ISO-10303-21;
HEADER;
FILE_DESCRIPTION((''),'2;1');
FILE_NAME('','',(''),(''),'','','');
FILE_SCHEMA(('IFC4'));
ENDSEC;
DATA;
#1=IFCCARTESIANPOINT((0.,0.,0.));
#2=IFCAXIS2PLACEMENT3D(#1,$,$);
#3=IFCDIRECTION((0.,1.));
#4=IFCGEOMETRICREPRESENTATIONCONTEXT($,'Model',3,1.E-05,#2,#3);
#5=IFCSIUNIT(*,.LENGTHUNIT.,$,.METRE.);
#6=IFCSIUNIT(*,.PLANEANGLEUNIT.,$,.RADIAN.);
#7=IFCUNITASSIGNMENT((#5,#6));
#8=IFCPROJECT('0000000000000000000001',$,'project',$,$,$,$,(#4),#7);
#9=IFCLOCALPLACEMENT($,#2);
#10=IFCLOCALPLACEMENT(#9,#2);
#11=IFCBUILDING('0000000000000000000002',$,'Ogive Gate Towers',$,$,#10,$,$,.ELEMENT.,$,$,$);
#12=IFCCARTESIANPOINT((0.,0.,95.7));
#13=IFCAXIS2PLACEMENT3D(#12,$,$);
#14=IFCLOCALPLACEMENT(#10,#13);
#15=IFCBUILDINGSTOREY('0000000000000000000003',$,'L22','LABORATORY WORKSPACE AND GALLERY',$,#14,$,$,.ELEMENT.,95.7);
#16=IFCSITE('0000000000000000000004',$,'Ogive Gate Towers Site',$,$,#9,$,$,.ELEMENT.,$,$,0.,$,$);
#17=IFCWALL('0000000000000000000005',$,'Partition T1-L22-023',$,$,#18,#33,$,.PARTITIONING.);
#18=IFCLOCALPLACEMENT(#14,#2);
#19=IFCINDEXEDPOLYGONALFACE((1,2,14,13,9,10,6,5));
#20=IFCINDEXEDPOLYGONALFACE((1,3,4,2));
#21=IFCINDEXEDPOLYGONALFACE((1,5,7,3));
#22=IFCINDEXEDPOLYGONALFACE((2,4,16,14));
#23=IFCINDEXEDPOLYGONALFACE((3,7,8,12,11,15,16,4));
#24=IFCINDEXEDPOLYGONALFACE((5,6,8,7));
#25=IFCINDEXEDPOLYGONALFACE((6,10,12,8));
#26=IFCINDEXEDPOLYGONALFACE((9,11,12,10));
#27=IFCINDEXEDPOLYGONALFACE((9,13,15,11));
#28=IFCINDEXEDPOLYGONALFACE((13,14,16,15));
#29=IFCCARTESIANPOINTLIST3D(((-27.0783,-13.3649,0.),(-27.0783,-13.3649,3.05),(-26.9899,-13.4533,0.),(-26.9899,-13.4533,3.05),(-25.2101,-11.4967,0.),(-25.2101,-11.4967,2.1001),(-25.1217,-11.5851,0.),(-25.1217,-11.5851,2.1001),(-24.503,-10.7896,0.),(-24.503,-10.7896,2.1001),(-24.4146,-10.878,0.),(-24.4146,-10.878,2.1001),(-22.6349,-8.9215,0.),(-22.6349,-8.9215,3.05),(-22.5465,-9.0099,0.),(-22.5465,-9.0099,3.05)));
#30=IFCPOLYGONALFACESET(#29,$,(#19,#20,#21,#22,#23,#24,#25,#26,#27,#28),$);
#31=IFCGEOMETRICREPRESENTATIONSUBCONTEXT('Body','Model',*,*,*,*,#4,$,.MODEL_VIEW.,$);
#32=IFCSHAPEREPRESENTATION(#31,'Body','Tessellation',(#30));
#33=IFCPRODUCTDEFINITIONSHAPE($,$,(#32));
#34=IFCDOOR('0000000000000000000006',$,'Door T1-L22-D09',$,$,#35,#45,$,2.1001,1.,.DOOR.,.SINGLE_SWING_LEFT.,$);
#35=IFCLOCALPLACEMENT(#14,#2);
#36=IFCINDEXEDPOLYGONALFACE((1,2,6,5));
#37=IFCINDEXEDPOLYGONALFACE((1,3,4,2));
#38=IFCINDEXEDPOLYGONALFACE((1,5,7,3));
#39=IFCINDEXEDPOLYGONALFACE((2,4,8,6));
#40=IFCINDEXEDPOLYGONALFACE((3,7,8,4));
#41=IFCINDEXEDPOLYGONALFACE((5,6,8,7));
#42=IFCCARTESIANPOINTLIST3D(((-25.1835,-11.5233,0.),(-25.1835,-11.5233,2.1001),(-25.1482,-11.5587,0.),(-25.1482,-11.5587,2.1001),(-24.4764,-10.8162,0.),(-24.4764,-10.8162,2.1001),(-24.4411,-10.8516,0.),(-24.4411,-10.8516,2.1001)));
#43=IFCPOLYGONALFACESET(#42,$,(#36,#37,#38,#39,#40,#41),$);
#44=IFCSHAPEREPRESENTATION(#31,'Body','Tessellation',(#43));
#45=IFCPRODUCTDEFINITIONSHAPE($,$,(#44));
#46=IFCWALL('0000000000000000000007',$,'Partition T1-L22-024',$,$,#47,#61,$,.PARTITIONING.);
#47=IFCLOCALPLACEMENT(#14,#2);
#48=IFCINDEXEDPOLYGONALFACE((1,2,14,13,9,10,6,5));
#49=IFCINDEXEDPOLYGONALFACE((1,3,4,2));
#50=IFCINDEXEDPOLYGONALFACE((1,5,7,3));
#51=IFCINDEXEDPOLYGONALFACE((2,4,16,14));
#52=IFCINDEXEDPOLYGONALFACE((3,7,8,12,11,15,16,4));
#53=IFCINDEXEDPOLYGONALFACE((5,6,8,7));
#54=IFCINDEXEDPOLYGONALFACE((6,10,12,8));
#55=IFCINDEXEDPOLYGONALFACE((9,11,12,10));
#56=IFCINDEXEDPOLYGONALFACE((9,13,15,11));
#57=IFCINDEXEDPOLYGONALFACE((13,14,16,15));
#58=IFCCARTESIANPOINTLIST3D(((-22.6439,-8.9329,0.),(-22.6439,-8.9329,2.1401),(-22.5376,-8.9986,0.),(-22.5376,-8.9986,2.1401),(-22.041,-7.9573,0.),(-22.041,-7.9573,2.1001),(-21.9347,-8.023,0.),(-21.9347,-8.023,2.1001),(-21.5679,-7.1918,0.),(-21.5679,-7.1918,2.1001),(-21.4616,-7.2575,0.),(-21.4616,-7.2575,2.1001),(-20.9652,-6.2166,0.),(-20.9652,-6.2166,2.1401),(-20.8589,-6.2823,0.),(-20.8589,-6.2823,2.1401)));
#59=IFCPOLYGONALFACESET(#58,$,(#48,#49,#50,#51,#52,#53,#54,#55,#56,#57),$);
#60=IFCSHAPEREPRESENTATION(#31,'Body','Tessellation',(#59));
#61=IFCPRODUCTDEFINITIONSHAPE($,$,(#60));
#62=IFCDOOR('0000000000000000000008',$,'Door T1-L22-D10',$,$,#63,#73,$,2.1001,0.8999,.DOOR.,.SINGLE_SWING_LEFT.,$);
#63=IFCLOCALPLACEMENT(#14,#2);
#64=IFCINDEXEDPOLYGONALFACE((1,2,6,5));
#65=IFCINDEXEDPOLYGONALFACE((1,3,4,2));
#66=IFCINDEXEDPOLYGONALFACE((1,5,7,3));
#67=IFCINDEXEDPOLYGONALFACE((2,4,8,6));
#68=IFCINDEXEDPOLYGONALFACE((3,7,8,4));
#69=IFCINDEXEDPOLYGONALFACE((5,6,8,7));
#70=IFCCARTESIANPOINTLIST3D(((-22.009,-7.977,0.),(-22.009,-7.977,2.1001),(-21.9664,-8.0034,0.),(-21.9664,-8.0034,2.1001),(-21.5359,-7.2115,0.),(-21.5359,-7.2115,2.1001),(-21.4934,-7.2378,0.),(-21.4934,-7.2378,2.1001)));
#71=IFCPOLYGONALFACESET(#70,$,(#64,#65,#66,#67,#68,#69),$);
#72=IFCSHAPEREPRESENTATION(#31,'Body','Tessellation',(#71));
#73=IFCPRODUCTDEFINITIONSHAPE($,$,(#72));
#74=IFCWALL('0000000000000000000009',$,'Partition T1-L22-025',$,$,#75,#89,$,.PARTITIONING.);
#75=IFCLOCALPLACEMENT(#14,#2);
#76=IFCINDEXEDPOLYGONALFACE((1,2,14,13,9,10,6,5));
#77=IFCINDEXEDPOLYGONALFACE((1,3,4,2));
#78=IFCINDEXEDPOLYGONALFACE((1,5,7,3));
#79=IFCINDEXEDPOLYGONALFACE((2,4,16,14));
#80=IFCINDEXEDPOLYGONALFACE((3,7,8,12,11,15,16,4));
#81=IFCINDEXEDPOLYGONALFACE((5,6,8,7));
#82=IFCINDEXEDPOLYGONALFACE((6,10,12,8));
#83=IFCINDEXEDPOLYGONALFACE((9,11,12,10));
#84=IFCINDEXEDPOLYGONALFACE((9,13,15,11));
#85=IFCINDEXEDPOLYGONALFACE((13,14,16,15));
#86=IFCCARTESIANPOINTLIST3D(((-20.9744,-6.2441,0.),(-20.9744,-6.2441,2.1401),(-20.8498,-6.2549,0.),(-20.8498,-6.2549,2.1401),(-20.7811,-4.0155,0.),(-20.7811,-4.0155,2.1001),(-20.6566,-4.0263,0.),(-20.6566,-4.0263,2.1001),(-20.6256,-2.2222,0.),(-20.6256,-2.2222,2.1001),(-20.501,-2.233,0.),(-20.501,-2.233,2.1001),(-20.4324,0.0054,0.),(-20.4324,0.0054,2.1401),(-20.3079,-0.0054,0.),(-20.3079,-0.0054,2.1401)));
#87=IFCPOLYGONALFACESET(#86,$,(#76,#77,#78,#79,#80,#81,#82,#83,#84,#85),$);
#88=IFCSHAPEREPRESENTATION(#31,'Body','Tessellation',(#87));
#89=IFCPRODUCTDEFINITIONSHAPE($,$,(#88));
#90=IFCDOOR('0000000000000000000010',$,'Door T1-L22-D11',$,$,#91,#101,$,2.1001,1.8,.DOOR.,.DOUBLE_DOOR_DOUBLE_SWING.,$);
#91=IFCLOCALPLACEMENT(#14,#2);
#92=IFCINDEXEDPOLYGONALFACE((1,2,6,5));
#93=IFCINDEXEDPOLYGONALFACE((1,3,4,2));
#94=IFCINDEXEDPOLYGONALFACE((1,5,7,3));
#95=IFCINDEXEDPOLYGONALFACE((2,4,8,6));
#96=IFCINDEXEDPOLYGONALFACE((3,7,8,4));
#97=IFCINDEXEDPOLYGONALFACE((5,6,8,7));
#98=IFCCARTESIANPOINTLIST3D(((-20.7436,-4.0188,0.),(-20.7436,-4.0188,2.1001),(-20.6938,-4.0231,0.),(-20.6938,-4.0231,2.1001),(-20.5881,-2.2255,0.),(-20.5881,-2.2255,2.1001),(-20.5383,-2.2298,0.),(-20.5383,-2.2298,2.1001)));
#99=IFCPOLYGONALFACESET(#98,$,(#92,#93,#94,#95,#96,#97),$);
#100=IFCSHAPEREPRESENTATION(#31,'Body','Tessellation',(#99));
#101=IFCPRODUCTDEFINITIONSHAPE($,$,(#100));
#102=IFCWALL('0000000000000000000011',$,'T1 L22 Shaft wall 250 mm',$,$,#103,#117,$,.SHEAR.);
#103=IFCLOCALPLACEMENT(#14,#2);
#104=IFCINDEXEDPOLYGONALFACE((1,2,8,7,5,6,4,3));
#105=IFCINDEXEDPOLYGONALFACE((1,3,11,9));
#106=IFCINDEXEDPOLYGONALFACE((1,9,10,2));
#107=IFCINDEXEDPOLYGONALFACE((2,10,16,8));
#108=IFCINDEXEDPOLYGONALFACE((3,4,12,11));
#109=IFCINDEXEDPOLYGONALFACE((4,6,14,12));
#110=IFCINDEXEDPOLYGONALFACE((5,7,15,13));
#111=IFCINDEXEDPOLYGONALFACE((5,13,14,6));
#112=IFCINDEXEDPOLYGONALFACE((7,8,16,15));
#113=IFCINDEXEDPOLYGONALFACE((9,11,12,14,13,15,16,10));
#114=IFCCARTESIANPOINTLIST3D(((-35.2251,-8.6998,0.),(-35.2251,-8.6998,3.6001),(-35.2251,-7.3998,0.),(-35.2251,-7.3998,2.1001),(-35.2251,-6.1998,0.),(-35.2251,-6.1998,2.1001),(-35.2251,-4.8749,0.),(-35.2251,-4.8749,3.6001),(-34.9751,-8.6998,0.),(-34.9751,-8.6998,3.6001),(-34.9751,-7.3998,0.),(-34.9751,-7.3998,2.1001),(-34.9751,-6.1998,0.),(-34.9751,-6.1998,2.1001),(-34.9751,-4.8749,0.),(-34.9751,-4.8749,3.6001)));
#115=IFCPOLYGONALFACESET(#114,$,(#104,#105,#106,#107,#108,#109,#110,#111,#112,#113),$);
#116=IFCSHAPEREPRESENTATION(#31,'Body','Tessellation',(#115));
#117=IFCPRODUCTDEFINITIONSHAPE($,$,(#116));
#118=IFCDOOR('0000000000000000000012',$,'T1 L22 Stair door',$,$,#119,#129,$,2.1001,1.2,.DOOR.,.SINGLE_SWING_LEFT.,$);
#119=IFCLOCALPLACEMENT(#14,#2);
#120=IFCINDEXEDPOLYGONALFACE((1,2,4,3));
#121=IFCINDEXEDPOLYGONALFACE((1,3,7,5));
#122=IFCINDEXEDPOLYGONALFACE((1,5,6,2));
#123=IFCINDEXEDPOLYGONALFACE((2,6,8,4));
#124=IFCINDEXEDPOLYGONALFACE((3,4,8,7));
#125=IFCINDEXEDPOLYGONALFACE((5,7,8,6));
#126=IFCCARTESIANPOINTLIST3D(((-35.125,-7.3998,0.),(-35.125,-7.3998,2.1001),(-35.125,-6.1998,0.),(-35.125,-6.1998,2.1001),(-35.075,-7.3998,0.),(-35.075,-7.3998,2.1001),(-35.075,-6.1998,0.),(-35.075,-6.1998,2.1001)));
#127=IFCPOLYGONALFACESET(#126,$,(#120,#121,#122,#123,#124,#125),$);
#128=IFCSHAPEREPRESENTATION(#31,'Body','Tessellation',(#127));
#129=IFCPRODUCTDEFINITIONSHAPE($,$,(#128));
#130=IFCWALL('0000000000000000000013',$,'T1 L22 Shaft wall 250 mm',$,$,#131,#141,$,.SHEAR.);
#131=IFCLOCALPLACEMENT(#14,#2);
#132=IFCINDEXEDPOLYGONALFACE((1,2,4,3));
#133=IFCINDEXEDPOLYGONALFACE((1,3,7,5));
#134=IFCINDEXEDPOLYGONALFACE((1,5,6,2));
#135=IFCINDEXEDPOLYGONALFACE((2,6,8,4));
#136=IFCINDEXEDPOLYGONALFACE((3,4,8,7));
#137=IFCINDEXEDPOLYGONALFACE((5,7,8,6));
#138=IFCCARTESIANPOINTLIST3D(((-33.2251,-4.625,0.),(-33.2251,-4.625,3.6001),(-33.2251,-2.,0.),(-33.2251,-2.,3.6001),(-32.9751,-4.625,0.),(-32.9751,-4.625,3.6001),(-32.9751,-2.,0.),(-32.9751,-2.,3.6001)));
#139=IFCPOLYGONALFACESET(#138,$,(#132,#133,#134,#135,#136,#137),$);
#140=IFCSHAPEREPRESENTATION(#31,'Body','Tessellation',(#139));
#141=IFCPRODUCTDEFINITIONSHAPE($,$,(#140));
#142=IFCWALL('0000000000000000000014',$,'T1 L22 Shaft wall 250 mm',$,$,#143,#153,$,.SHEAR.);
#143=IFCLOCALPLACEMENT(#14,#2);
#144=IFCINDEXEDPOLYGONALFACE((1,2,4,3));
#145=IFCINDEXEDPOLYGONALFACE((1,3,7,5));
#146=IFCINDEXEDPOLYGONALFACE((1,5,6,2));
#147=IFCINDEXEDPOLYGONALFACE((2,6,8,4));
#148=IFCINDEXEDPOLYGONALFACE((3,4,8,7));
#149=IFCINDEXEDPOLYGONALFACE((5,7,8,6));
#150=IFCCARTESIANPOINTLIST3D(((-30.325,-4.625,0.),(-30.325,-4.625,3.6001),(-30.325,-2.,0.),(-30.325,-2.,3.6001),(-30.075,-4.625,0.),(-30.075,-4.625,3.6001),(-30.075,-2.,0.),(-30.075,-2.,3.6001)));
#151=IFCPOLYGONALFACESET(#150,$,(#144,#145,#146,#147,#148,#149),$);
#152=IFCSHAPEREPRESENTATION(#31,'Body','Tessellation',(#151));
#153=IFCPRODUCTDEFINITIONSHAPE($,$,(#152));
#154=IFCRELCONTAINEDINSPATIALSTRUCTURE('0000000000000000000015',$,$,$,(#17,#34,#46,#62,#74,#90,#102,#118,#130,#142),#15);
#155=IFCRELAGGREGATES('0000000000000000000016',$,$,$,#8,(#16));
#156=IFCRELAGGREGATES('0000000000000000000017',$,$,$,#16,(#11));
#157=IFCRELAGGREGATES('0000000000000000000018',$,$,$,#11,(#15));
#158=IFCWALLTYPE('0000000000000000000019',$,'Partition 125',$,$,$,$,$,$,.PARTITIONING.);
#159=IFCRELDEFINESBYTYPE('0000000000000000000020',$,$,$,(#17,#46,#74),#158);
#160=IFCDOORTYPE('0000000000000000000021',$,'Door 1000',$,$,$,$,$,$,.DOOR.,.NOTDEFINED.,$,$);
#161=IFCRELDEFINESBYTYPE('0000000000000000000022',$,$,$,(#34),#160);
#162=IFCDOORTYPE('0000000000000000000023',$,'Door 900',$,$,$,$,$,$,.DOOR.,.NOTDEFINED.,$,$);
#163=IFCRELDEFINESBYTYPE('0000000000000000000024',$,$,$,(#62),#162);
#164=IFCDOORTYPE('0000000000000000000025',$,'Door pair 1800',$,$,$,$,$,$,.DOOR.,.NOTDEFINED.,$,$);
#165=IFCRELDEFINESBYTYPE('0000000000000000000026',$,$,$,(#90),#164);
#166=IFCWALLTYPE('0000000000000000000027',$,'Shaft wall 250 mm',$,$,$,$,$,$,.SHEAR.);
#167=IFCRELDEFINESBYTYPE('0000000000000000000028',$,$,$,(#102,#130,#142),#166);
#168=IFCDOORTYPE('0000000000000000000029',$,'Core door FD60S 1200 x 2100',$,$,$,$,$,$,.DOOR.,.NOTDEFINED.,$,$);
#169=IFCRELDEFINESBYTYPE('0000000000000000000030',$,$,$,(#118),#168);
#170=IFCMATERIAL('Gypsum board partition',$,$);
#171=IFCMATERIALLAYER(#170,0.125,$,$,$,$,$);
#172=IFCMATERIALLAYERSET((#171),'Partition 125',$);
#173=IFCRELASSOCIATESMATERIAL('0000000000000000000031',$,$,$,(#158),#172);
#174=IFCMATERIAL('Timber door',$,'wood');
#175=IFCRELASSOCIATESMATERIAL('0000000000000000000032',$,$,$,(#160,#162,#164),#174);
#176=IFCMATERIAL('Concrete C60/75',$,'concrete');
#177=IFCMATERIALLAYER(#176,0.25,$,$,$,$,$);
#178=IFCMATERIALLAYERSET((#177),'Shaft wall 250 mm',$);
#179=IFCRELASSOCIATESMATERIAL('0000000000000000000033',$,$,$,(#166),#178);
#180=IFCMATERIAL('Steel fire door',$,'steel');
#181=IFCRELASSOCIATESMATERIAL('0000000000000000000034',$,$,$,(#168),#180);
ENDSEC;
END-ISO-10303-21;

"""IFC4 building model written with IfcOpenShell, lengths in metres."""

from ifc_helpers import new_model, si_unit, direction, frame, frame_2d, origin, place, context, subcontext, project, spatial, rectangle, extrude, material, layer, layer_set, type_object, element, fill, save


model = new_model("IFC4")

# Units and contexts
model_context = context("Model", 3, precision=1e-05, world=origin(), true_north=direction((0.0, 1.0)))
body_context = subcontext(model_context, "Body", "Model", "MODEL_VIEW")
ifc_project = project(units=[si_unit("LENGTHUNIT", "METRE"), si_unit("PLANEANGLEUNIT", "RADIAN")], contexts=[model_context])

# Site, building, storey
site_placement = place(None, origin())
site = spatial("IfcSite", under=ifc_project, at=site_placement, Name="Ogive Gate Towers Site", CompositionType="ELEMENT", RefElevation=0.0)
building_placement = place(site_placement, origin())
building = spatial("IfcBuilding", under=site, at=building_placement, Name="Ogive Gate Towers", CompositionType="ELEMENT")
storey_placement = place(building_placement, frame((0.0, 0.0, 95.7)))
storey = spatial("IfcBuildingStorey", under=building, at=storey_placement, Name="L22", Description="LABORATORY WORKSPACE AND GALLERY", CompositionType="ELEMENT", Elevation=95.7)

# Shared definitions
ifc_material_1 = material(Name="Concrete C60/75", Category="concrete")
ifc_material_2 = material(Name="Steel fire door", Category="steel")

# Shared definitions
ifc_material_3 = material(Name="Gypsum board partition")
ifc_layer_1 = layer(ifc_material_3, 0.125)
ifc_layer_set_1 = layer_set([ifc_layer_1], Name="Partition 125")
wall_type_1 = type_object("IfcWallType", Name="Partition 125", PredefinedType="PARTITIONING", material=ifc_layer_set_1)

# Walls, openings, doors
wall_1_placement = place(storey_placement, frame((-27.0342, -13.4092, 0.0), z_axis=(0.0, 0.0, 1.0), x_axis=(0.707107, 0.707107, 0.0)))
wall_1 = element("IfcWall", 1, at=wall_1_placement, inside=storey, type_object=wall_type_1, Name="Partition T1-L22-023", PredefinedType="PARTITIONING", context=body_context, shape_type="SweptSolid", body=[
    extrude(rectangle(XDim=6.2839, YDim=0.125, at=frame_2d((3.1421, 0.0))), origin(), (0.0, 0.0, 1.0), 3.05),
])
opening_1_placement = place(wall_1_placement, frame((2.6421, 0.0, 0.0)))
opening_1 = element("IfcOpeningElement", 2, at=opening_1_placement, cuts=wall_1, PredefinedType="OPENING", context=body_context, shape_type="SweptSolid", body=[
    extrude(rectangle(XDim=1.0, YDim=2.1001, at=frame_2d((0.5, 1.05))), frame((0.0, 0.0725, 0.0), z_axis=(0.0, -1.0, 0.0), x_axis=(1.0, 0.0, 0.0)), (0.0, 0.0, 1.0), 0.145),
])
ifc_material_4 = material(Name="Timber door", Category="wood")
door_type_1 = type_object("IfcDoorType", Name="Door 1000", OperationType="NOTDEFINED", PredefinedType="DOOR", material=ifc_material_4)
door_1_placement = place(opening_1_placement, origin())
door_1 = element("IfcDoor", 3, at=door_1_placement, inside=storey, type_object=door_type_1, Name="Door T1-L22-D09", OperationType="SINGLE_SWING_LEFT", OverallHeight=2.1001, OverallWidth=1.0, PredefinedType="DOOR", context=body_context, shape_type="SweptSolid", body=[
    extrude(rectangle(XDim=1.0, YDim=2.1001, at=frame_2d((0.5, 1.05))), frame((0.0, 0.0249, 0.0), z_axis=(0.0, -1.0, 0.0), x_axis=(1.0, 0.0, 0.0)), (0.0, 0.0, 1.0), 0.05),
])
fill(opening_1, door_1)
wall_2_placement = place(storey_placement, frame((-22.5908, -8.9658, 0.0), z_axis=(0.0, 0.0, 1.0), x_axis=(0.525717, 0.850659, 0.0)))
wall_2 = element("IfcWall", 4, at=wall_2_placement, inside=storey, type_object=wall_type_1, Name="Partition T1-L22-024", PredefinedType="PARTITIONING", context=body_context, shape_type="SweptSolid", body=[
    extrude(rectangle(XDim=3.1931, YDim=0.125, at=frame_2d((1.5967, 0.0))), origin(), (0.0, 0.0, 1.0), 2.1401),
])
opening_2_placement = place(wall_2_placement, frame((1.147, 0.0, 0.0)))
opening_2 = element("IfcOpeningElement", 5, at=opening_2_placement, cuts=wall_2, PredefinedType="OPENING", context=body_context, shape_type="SweptSolid", body=[
    extrude(rectangle(XDim=0.8999, YDim=2.1001, at=frame_2d((0.45, 1.05))), frame((0.0, 0.0725, 0.0), z_axis=(0.0, -1.0, 0.0), x_axis=(1.0, 0.0, 0.0)), (0.0, 0.0, 1.0), 0.145),
])
door_type_2 = type_object("IfcDoorType", Name="Door 900", OperationType="NOTDEFINED", PredefinedType="DOOR", material=ifc_material_4)
door_2_placement = place(opening_2_placement, origin())
door_2 = element("IfcDoor", 6, at=door_2_placement, inside=storey, type_object=door_type_2, Name="Door T1-L22-D10", OperationType="SINGLE_SWING_LEFT", OverallHeight=2.1001, OverallWidth=0.8999, PredefinedType="DOOR", context=body_context, shape_type="SweptSolid", body=[
    extrude(rectangle(XDim=0.8999, YDim=2.1001, at=frame_2d((0.45, 1.05))), frame((0.0, 0.0249, 0.0), z_axis=(0.0, -1.0, 0.0), x_axis=(1.0, 0.0, 0.0)), (0.0, 0.0, 1.0), 0.05),
])
fill(opening_2, door_2)
wall_3_placement = place(storey_placement, frame((-20.9121, -6.2495, 0.0), z_axis=(0.0, 0.0, 1.0), x_axis=(0.086401, 0.99626, 0.0)))
wall_3 = element("IfcWall", 7, at=wall_3_placement, inside=storey, type_object=wall_type_1, Name="Partition T1-L22-025", PredefinedType="PARTITIONING", context=body_context, shape_type="SweptSolid", body=[
    extrude(rectangle(XDim=6.2729, YDim=0.125, at=frame_2d((3.1365, 0.0))), origin(), (0.0, 0.0, 1.0), 2.1401),
])
opening_3_placement = place(wall_3_placement, frame((2.2371, 0.0, 0.0)))
opening_3 = element("IfcOpeningElement", 8, at=opening_3_placement, cuts=wall_3, PredefinedType="OPENING", context=body_context, shape_type="SweptSolid", body=[
    extrude(rectangle(XDim=1.8, YDim=2.1001, at=frame_2d((0.8999, 1.05))), frame((0.0, 0.0725, 0.0), z_axis=(0.0, -1.0, 0.0), x_axis=(1.0, 0.0, 0.0)), (0.0, 0.0, 1.0), 0.145),
])
door_type_3 = type_object("IfcDoorType", Name="Door pair 1800", OperationType="NOTDEFINED", PredefinedType="DOOR", material=ifc_material_4)
door_3_placement = place(opening_3_placement, origin())
door_3 = element("IfcDoor", 9, at=door_3_placement, inside=storey, type_object=door_type_3, Name="Door T1-L22-D11", OperationType="DOUBLE_DOOR_DOUBLE_SWING", OverallHeight=2.1001, OverallWidth=1.8, PredefinedType="DOOR", context=body_context, shape_type="SweptSolid", body=[
    extrude(rectangle(XDim=1.8, YDim=2.1001, at=frame_2d((0.8999, 1.05))), frame((0.0, 0.0249, 0.0), z_axis=(0.0, -1.0, 0.0), x_axis=(1.0, 0.0, 0.0)), (0.0, 0.0, 1.0), 0.05),
])
fill(opening_3, door_3)
ifc_layer_2 = layer(ifc_material_1, 0.25)
ifc_layer_set_2 = layer_set([ifc_layer_2], Name="Shaft wall 250 mm")
wall_type_2 = type_object("IfcWallType", Name="Shaft wall 250 mm", PredefinedType="SHEAR", material=ifc_layer_set_2)
wall_4_placement = place(storey_placement, frame((-35.1001, -8.7, 0.0), z_axis=(0.0, 0.0, 1.0), x_axis=(0.0, 1.0, 0.0)))
wall_4 = element("IfcWall", 10, at=wall_4_placement, inside=storey, type_object=wall_type_2, Name="T1 L22 Shaft wall 250 mm", PredefinedType="SHEAR", context=body_context, shape_type="SweptSolid", body=[
    extrude(rectangle(XDim=3.825, YDim=0.25, at=frame_2d((1.9126, 0.0))), origin(), (0.0, 0.0, 1.0), 3.6001),
])
opening_4_placement = place(wall_4_placement, frame((1.3, 0.0, 0.0)))
opening_4 = element("IfcOpeningElement", 11, at=opening_4_placement, cuts=wall_4, PredefinedType="OPENING", context=body_context, shape_type="SweptSolid", body=[
    extrude(rectangle(XDim=1.2, YDim=2.1001, at=frame_2d((0.6001, 1.05))), frame((0.0, 0.135, 0.0), z_axis=(0.0, -1.0, 0.0), x_axis=(1.0, 0.0, 0.0)), (0.0, 0.0, 1.0), 0.27),
])
door_type_4 = type_object("IfcDoorType", Name="Core door FD60S 1200 x 2100", OperationType="NOTDEFINED", PredefinedType="DOOR", material=ifc_material_2)
door_4_placement = place(opening_4_placement, origin())
door_4 = element("IfcDoor", 12, at=door_4_placement, inside=storey, type_object=door_type_4, Name="T1 L22 Stair door", OperationType="SINGLE_SWING_LEFT", OverallHeight=2.1001, OverallWidth=1.2, PredefinedType="DOOR", context=body_context, shape_type="SweptSolid", body=[
    extrude(rectangle(XDim=1.2, YDim=2.1001, at=frame_2d((0.6001, 1.05))), frame((0.0, 0.0249, 0.0), z_axis=(0.0, -1.0, 0.0), x_axis=(1.0, 0.0, 0.0)), (0.0, 0.0, 1.0), 0.05),
])
fill(opening_4, door_4)

# Walls
for number, where, z_axis, x_axis, name in (
    (13, (-33.1001, -4.625, 0.0), (0.0, 0.0, 1.0), (0.0, 1.0, 0.0), "T1 L22 Shaft wall 250 mm"),
    (14, (-30.2, -4.625, 0.0), (0.0, 0.0, 1.0), (0.0, 1.0, 0.0), "T1 L22 Shaft wall 250 mm"),
):
    element("IfcWall", number, at=place(storey_placement, frame(where, z_axis=z_axis, x_axis=x_axis)), inside=storey, type_object=wall_type_2, Name=name, PredefinedType="SHEAR", context=body_context, shape_type="SweptSolid", body=[
        extrude(rectangle(XDim=2.625, YDim=0.25, at=frame_2d((1.3125, 0.0))), origin(), (0.0, 0.0, 1.0), 3.6001),
    ])

save(model, "model.ifc")
